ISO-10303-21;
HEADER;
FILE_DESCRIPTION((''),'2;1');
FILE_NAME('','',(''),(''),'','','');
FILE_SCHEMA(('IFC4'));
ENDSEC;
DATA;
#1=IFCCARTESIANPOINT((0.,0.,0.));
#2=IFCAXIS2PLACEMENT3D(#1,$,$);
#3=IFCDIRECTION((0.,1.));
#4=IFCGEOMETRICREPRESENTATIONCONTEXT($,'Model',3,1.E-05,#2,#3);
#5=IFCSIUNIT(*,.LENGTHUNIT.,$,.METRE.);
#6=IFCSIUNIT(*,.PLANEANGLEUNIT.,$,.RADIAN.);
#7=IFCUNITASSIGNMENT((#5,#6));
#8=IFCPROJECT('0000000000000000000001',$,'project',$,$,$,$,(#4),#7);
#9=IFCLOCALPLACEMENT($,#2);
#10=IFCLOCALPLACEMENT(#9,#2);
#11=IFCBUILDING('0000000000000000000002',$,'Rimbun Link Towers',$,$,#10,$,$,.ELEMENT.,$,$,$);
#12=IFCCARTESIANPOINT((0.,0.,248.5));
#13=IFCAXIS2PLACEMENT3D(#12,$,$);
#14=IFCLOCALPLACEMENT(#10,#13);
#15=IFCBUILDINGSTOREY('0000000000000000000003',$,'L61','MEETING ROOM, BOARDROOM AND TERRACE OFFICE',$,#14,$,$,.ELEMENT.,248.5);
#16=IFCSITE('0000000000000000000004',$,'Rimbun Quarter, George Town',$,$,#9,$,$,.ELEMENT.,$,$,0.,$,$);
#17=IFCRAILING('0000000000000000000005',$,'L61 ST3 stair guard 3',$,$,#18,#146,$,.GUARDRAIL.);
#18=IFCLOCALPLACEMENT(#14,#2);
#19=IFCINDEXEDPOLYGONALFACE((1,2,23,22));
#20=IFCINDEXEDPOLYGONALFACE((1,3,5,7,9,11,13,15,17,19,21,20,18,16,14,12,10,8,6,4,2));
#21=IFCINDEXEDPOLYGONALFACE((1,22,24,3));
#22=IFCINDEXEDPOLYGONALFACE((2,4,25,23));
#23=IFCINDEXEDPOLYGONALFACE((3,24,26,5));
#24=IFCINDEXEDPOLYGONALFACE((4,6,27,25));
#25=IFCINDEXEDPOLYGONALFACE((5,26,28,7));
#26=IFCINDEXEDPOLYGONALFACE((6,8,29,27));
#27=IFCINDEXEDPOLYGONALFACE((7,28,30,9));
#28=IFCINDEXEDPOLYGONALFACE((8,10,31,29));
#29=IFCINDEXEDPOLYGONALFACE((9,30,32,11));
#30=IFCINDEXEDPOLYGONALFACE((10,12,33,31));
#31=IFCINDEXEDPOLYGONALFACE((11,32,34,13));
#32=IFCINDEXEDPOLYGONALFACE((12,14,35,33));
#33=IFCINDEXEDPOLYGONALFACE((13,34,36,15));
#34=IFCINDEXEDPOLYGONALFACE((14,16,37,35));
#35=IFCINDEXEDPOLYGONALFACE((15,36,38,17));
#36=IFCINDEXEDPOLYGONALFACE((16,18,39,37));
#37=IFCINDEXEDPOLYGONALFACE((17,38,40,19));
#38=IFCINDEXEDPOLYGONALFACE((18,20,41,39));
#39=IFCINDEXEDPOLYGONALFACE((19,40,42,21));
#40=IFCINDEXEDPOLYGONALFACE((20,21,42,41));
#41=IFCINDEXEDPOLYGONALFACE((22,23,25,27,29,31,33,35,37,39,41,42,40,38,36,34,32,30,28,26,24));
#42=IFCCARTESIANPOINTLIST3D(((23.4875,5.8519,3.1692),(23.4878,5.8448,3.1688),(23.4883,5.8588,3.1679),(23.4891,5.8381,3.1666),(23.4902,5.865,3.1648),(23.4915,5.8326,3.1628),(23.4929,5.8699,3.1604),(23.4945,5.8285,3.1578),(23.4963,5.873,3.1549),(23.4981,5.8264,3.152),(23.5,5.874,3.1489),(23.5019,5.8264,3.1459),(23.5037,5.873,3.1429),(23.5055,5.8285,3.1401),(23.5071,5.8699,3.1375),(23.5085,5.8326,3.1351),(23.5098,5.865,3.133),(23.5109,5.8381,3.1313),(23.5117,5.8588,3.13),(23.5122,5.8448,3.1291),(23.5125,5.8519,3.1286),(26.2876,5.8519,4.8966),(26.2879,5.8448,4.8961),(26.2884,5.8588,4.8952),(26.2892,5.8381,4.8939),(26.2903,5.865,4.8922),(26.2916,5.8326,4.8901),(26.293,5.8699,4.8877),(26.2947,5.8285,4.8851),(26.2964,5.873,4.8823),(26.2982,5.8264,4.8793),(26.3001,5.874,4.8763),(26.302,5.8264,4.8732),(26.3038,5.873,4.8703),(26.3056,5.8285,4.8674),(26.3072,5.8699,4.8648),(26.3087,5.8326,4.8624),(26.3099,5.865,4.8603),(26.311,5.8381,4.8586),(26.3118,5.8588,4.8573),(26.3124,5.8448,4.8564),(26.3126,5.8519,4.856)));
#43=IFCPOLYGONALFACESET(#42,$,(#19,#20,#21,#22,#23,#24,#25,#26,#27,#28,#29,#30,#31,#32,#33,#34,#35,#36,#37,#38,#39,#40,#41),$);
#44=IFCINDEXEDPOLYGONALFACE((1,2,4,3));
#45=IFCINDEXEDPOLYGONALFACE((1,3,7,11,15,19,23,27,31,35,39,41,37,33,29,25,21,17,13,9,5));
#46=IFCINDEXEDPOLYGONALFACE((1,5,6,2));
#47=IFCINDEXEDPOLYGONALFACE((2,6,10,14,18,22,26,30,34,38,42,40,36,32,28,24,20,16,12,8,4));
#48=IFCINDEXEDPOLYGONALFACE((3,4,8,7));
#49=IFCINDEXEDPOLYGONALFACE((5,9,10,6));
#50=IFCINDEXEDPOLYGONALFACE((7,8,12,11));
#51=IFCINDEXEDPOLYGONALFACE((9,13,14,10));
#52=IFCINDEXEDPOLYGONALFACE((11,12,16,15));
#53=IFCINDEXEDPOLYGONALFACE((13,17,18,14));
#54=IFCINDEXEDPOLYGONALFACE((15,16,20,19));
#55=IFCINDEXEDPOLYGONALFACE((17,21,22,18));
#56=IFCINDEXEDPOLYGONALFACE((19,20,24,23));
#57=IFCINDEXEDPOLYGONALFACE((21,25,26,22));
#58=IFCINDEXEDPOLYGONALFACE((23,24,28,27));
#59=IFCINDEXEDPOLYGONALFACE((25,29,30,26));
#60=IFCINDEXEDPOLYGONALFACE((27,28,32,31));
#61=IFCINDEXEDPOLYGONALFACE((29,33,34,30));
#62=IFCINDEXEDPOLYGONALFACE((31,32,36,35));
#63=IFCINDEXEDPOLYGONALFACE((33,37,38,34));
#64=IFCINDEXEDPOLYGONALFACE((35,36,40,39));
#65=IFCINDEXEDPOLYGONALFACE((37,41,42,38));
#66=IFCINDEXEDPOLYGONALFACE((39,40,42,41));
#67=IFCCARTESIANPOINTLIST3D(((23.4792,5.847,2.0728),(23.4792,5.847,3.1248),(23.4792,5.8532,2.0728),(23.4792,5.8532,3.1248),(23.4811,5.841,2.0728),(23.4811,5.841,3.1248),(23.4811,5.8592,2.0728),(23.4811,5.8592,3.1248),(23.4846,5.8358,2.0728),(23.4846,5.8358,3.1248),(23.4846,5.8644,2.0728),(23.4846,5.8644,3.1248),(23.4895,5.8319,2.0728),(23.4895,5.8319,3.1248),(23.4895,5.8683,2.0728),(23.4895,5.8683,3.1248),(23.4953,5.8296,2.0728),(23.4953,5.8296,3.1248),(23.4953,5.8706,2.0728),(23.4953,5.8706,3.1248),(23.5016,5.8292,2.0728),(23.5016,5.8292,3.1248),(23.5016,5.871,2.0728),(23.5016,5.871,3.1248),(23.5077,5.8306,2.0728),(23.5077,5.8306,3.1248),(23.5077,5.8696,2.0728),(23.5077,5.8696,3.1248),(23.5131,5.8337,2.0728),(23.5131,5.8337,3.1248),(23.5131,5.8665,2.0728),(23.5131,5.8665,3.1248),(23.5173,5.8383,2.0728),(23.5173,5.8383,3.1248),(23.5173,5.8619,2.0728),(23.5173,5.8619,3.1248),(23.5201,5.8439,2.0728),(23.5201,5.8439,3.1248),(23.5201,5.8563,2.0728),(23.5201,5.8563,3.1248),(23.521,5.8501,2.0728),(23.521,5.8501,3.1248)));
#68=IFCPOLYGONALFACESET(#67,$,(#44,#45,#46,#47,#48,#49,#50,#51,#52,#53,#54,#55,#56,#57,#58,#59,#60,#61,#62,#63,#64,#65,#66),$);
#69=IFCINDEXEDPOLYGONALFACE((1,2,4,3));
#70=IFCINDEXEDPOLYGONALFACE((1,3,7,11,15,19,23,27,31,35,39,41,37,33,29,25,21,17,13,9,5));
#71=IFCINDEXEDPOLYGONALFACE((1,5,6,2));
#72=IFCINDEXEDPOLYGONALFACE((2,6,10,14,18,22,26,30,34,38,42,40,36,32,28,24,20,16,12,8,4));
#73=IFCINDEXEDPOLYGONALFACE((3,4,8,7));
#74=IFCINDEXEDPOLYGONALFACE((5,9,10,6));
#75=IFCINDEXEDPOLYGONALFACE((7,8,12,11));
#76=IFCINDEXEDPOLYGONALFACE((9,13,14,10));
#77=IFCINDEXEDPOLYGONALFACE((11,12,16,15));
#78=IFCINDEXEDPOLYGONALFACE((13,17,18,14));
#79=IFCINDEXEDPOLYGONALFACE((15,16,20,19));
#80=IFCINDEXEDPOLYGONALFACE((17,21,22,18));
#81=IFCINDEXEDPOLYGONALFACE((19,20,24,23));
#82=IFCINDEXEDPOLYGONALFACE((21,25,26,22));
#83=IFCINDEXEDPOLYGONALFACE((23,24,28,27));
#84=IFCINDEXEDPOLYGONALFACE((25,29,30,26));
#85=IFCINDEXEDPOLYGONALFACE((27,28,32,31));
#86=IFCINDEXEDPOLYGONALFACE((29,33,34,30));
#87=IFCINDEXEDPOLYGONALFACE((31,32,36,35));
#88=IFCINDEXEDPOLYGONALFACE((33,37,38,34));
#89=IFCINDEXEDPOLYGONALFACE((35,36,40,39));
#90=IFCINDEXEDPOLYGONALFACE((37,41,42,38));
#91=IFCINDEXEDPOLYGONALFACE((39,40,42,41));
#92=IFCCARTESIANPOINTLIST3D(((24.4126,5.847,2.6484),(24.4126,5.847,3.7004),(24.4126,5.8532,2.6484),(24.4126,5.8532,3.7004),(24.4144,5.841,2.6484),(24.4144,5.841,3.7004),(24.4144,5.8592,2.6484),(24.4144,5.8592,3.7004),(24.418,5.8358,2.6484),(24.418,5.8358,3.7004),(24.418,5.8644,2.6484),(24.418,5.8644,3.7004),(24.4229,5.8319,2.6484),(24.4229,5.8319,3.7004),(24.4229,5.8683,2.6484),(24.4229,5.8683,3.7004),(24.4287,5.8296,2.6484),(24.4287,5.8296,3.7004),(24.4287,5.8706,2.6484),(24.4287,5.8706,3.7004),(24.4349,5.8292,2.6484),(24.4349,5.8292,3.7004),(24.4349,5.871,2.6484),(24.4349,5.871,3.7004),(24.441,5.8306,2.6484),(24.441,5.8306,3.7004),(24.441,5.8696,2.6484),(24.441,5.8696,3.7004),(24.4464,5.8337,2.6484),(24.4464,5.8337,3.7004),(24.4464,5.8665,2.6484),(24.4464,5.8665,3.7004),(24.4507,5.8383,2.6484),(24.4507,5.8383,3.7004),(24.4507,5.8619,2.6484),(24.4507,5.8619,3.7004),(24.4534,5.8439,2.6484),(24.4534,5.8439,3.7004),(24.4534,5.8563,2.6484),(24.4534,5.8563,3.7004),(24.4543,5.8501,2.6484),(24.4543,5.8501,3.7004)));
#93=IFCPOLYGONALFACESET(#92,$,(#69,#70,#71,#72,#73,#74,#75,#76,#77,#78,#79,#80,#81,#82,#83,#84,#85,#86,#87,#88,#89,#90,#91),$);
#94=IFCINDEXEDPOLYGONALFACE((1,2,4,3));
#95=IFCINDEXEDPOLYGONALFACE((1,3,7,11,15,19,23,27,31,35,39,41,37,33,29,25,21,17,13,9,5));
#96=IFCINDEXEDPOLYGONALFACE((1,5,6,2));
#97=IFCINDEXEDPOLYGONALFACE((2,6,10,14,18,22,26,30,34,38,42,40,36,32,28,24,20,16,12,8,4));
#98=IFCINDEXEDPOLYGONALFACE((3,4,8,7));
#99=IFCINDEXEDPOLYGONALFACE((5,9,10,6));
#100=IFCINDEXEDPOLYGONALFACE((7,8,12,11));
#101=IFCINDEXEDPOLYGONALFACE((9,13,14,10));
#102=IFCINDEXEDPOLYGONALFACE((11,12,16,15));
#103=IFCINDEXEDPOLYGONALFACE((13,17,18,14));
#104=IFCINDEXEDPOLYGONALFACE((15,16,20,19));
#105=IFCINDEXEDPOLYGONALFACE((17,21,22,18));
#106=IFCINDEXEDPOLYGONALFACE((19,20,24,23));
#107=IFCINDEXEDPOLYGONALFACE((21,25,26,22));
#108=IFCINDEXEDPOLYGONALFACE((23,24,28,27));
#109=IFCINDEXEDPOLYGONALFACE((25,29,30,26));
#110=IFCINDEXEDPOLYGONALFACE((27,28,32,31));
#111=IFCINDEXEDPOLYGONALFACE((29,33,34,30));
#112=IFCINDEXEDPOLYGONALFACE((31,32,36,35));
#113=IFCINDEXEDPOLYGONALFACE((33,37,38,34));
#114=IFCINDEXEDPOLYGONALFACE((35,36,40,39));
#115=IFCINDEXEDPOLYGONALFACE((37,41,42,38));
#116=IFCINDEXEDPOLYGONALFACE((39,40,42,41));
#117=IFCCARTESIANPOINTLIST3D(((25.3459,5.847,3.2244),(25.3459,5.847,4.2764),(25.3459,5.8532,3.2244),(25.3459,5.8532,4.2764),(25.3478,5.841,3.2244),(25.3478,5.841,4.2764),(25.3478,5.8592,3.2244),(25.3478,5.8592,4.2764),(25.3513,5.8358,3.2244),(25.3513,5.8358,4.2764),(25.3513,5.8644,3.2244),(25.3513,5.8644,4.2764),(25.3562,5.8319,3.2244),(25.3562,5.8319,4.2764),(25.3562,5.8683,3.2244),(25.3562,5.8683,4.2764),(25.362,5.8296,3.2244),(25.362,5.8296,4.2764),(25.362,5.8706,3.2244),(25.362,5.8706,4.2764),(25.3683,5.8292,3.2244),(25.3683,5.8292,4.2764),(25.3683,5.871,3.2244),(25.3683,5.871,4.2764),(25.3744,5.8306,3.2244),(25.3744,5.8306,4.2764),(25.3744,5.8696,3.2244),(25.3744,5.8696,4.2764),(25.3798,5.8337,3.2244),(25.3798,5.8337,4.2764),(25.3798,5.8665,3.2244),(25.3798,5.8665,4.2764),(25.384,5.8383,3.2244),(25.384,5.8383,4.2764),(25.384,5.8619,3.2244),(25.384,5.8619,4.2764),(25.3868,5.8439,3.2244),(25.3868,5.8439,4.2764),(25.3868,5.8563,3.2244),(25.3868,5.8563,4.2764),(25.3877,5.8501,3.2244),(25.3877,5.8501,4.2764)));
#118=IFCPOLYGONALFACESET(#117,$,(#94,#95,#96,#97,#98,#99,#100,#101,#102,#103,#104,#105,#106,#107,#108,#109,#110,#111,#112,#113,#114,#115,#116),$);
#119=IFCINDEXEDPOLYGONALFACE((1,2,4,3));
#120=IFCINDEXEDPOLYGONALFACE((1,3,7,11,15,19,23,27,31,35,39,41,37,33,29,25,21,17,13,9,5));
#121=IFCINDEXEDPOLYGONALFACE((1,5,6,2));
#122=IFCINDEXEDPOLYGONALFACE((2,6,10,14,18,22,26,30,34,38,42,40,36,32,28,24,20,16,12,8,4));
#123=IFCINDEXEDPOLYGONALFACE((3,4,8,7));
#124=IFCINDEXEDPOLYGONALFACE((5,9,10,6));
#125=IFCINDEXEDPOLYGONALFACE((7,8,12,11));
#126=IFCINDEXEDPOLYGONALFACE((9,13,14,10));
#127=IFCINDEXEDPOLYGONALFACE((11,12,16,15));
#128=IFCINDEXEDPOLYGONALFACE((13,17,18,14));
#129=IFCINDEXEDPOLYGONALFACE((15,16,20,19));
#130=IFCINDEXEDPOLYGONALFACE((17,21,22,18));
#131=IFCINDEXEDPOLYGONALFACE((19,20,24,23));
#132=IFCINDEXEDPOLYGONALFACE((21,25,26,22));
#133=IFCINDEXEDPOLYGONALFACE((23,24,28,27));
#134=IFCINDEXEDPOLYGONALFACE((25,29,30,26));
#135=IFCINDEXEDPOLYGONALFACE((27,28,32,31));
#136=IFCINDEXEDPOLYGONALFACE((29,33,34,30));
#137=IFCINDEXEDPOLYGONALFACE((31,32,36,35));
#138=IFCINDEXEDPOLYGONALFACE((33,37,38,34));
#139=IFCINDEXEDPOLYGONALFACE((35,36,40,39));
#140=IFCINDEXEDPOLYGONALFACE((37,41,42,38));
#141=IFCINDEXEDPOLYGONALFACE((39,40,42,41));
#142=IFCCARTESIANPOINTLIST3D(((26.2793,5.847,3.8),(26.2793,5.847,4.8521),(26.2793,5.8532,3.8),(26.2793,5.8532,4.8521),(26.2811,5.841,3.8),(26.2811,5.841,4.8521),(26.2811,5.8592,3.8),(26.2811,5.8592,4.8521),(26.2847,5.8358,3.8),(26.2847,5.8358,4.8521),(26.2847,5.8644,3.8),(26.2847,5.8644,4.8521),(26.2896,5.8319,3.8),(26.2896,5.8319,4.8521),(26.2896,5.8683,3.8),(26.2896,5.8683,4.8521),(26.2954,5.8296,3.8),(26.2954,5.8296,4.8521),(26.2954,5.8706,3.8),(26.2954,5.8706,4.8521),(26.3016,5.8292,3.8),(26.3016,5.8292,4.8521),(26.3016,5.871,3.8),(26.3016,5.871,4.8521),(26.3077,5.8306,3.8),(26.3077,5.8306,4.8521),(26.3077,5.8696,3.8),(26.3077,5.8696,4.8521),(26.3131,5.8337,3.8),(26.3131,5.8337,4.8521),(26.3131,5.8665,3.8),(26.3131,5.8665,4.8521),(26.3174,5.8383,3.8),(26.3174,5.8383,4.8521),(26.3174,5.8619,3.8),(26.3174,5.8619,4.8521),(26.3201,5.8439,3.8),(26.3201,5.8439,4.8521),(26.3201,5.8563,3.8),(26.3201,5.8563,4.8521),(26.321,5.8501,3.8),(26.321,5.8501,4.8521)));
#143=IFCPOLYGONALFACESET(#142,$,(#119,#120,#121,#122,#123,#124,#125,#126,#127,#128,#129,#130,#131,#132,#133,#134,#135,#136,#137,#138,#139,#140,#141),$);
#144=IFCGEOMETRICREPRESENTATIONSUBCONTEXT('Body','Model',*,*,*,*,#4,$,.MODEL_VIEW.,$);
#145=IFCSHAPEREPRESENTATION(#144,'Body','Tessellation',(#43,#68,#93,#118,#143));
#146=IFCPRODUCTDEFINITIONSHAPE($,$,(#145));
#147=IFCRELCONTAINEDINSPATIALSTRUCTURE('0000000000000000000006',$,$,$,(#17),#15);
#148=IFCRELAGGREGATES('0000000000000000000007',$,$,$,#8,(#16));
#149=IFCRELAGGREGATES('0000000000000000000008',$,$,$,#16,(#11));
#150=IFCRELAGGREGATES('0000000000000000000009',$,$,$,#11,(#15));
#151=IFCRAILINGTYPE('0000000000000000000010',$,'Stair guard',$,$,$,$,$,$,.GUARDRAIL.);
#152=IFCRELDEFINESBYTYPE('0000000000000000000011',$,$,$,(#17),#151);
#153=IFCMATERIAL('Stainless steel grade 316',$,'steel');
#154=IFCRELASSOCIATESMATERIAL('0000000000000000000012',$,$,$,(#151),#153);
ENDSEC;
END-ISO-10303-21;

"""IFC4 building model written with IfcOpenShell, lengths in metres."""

from ifc_helpers import new_model, si_unit, direction, frame, origin, origin_2d, place, context, subcontext, project, spatial, circle, extrude, material, type_object, element, save


model = new_model("IFC4")

# Units and contexts
model_context = context("Model", 3, precision=1e-05, world=origin(), true_north=direction((0.0, 1.0)))
body_context = subcontext(model_context, "Body", "Model", "MODEL_VIEW")
ifc_project = project(units=[si_unit("LENGTHUNIT", "METRE"), si_unit("PLANEANGLEUNIT", "RADIAN")], contexts=[model_context])

# Site, building, storey
site_placement = place(None, origin())
site = spatial("IfcSite", under=ifc_project, at=site_placement, Name="Rimbun Quarter, George Town", CompositionType="ELEMENT", RefElevation=0.0)
building_placement = place(site_placement, origin())
building = spatial("IfcBuilding", under=site, at=building_placement, Name="Rimbun Link Towers", CompositionType="ELEMENT")
storey_placement = place(building_placement, frame((0.0, 0.0, 248.5)))
storey = spatial("IfcBuildingStorey", under=building, at=storey_placement, Name="L61", Description="MEETING ROOM, BOARDROOM AND TERRACE OFFICE", CompositionType="ELEMENT", Elevation=248.5)

# Railing
ifc_material_1 = material(Name="Stainless steel grade 316", Category="steel")
railing_type_1 = type_object("IfcRailingType", Name="Stair guard", PredefinedType="GUARDRAIL", material=ifc_material_1)
railing_1_placement = place(storey_placement, frame((23.5, 5.8501, 2.0728)))
element("IfcRailing", 1, at=railing_1_placement, inside=storey, type_object=railing_type_1, Name="L61 ST3 stair guard 3", PredefinedType="GUARDRAIL", context=body_context, shape_type="SweptSolid", body=[
    extrude(circle(Radius=0.0239, at=origin_2d()), frame((0.0, 0.0, 1.0762), z_axis=(0.85109, 0.0, 0.52502), x_axis=(0.0, 1.0, 0.0)), (0.0, 0.0, 1.0), 3.29),
    extrude(circle(Radius=0.021, at=origin_2d()), origin(), (0.0, 0.0, 1.0), 1.052),
    extrude(circle(Radius=0.021, at=origin_2d()), frame((0.9333, 0.0, 0.5757)), (0.0, 0.0, 1.0), 1.052),
    extrude(circle(Radius=0.021, at=origin_2d()), frame((1.8667, 0.0, 1.1516)), (0.0, 0.0, 1.0), 1.052),
    extrude(circle(Radius=0.021, at=origin_2d()), frame((2.8, 0.0, 1.7273)), (0.0, 0.0, 1.0), 1.052),
])

save(model, "model.ifc")
